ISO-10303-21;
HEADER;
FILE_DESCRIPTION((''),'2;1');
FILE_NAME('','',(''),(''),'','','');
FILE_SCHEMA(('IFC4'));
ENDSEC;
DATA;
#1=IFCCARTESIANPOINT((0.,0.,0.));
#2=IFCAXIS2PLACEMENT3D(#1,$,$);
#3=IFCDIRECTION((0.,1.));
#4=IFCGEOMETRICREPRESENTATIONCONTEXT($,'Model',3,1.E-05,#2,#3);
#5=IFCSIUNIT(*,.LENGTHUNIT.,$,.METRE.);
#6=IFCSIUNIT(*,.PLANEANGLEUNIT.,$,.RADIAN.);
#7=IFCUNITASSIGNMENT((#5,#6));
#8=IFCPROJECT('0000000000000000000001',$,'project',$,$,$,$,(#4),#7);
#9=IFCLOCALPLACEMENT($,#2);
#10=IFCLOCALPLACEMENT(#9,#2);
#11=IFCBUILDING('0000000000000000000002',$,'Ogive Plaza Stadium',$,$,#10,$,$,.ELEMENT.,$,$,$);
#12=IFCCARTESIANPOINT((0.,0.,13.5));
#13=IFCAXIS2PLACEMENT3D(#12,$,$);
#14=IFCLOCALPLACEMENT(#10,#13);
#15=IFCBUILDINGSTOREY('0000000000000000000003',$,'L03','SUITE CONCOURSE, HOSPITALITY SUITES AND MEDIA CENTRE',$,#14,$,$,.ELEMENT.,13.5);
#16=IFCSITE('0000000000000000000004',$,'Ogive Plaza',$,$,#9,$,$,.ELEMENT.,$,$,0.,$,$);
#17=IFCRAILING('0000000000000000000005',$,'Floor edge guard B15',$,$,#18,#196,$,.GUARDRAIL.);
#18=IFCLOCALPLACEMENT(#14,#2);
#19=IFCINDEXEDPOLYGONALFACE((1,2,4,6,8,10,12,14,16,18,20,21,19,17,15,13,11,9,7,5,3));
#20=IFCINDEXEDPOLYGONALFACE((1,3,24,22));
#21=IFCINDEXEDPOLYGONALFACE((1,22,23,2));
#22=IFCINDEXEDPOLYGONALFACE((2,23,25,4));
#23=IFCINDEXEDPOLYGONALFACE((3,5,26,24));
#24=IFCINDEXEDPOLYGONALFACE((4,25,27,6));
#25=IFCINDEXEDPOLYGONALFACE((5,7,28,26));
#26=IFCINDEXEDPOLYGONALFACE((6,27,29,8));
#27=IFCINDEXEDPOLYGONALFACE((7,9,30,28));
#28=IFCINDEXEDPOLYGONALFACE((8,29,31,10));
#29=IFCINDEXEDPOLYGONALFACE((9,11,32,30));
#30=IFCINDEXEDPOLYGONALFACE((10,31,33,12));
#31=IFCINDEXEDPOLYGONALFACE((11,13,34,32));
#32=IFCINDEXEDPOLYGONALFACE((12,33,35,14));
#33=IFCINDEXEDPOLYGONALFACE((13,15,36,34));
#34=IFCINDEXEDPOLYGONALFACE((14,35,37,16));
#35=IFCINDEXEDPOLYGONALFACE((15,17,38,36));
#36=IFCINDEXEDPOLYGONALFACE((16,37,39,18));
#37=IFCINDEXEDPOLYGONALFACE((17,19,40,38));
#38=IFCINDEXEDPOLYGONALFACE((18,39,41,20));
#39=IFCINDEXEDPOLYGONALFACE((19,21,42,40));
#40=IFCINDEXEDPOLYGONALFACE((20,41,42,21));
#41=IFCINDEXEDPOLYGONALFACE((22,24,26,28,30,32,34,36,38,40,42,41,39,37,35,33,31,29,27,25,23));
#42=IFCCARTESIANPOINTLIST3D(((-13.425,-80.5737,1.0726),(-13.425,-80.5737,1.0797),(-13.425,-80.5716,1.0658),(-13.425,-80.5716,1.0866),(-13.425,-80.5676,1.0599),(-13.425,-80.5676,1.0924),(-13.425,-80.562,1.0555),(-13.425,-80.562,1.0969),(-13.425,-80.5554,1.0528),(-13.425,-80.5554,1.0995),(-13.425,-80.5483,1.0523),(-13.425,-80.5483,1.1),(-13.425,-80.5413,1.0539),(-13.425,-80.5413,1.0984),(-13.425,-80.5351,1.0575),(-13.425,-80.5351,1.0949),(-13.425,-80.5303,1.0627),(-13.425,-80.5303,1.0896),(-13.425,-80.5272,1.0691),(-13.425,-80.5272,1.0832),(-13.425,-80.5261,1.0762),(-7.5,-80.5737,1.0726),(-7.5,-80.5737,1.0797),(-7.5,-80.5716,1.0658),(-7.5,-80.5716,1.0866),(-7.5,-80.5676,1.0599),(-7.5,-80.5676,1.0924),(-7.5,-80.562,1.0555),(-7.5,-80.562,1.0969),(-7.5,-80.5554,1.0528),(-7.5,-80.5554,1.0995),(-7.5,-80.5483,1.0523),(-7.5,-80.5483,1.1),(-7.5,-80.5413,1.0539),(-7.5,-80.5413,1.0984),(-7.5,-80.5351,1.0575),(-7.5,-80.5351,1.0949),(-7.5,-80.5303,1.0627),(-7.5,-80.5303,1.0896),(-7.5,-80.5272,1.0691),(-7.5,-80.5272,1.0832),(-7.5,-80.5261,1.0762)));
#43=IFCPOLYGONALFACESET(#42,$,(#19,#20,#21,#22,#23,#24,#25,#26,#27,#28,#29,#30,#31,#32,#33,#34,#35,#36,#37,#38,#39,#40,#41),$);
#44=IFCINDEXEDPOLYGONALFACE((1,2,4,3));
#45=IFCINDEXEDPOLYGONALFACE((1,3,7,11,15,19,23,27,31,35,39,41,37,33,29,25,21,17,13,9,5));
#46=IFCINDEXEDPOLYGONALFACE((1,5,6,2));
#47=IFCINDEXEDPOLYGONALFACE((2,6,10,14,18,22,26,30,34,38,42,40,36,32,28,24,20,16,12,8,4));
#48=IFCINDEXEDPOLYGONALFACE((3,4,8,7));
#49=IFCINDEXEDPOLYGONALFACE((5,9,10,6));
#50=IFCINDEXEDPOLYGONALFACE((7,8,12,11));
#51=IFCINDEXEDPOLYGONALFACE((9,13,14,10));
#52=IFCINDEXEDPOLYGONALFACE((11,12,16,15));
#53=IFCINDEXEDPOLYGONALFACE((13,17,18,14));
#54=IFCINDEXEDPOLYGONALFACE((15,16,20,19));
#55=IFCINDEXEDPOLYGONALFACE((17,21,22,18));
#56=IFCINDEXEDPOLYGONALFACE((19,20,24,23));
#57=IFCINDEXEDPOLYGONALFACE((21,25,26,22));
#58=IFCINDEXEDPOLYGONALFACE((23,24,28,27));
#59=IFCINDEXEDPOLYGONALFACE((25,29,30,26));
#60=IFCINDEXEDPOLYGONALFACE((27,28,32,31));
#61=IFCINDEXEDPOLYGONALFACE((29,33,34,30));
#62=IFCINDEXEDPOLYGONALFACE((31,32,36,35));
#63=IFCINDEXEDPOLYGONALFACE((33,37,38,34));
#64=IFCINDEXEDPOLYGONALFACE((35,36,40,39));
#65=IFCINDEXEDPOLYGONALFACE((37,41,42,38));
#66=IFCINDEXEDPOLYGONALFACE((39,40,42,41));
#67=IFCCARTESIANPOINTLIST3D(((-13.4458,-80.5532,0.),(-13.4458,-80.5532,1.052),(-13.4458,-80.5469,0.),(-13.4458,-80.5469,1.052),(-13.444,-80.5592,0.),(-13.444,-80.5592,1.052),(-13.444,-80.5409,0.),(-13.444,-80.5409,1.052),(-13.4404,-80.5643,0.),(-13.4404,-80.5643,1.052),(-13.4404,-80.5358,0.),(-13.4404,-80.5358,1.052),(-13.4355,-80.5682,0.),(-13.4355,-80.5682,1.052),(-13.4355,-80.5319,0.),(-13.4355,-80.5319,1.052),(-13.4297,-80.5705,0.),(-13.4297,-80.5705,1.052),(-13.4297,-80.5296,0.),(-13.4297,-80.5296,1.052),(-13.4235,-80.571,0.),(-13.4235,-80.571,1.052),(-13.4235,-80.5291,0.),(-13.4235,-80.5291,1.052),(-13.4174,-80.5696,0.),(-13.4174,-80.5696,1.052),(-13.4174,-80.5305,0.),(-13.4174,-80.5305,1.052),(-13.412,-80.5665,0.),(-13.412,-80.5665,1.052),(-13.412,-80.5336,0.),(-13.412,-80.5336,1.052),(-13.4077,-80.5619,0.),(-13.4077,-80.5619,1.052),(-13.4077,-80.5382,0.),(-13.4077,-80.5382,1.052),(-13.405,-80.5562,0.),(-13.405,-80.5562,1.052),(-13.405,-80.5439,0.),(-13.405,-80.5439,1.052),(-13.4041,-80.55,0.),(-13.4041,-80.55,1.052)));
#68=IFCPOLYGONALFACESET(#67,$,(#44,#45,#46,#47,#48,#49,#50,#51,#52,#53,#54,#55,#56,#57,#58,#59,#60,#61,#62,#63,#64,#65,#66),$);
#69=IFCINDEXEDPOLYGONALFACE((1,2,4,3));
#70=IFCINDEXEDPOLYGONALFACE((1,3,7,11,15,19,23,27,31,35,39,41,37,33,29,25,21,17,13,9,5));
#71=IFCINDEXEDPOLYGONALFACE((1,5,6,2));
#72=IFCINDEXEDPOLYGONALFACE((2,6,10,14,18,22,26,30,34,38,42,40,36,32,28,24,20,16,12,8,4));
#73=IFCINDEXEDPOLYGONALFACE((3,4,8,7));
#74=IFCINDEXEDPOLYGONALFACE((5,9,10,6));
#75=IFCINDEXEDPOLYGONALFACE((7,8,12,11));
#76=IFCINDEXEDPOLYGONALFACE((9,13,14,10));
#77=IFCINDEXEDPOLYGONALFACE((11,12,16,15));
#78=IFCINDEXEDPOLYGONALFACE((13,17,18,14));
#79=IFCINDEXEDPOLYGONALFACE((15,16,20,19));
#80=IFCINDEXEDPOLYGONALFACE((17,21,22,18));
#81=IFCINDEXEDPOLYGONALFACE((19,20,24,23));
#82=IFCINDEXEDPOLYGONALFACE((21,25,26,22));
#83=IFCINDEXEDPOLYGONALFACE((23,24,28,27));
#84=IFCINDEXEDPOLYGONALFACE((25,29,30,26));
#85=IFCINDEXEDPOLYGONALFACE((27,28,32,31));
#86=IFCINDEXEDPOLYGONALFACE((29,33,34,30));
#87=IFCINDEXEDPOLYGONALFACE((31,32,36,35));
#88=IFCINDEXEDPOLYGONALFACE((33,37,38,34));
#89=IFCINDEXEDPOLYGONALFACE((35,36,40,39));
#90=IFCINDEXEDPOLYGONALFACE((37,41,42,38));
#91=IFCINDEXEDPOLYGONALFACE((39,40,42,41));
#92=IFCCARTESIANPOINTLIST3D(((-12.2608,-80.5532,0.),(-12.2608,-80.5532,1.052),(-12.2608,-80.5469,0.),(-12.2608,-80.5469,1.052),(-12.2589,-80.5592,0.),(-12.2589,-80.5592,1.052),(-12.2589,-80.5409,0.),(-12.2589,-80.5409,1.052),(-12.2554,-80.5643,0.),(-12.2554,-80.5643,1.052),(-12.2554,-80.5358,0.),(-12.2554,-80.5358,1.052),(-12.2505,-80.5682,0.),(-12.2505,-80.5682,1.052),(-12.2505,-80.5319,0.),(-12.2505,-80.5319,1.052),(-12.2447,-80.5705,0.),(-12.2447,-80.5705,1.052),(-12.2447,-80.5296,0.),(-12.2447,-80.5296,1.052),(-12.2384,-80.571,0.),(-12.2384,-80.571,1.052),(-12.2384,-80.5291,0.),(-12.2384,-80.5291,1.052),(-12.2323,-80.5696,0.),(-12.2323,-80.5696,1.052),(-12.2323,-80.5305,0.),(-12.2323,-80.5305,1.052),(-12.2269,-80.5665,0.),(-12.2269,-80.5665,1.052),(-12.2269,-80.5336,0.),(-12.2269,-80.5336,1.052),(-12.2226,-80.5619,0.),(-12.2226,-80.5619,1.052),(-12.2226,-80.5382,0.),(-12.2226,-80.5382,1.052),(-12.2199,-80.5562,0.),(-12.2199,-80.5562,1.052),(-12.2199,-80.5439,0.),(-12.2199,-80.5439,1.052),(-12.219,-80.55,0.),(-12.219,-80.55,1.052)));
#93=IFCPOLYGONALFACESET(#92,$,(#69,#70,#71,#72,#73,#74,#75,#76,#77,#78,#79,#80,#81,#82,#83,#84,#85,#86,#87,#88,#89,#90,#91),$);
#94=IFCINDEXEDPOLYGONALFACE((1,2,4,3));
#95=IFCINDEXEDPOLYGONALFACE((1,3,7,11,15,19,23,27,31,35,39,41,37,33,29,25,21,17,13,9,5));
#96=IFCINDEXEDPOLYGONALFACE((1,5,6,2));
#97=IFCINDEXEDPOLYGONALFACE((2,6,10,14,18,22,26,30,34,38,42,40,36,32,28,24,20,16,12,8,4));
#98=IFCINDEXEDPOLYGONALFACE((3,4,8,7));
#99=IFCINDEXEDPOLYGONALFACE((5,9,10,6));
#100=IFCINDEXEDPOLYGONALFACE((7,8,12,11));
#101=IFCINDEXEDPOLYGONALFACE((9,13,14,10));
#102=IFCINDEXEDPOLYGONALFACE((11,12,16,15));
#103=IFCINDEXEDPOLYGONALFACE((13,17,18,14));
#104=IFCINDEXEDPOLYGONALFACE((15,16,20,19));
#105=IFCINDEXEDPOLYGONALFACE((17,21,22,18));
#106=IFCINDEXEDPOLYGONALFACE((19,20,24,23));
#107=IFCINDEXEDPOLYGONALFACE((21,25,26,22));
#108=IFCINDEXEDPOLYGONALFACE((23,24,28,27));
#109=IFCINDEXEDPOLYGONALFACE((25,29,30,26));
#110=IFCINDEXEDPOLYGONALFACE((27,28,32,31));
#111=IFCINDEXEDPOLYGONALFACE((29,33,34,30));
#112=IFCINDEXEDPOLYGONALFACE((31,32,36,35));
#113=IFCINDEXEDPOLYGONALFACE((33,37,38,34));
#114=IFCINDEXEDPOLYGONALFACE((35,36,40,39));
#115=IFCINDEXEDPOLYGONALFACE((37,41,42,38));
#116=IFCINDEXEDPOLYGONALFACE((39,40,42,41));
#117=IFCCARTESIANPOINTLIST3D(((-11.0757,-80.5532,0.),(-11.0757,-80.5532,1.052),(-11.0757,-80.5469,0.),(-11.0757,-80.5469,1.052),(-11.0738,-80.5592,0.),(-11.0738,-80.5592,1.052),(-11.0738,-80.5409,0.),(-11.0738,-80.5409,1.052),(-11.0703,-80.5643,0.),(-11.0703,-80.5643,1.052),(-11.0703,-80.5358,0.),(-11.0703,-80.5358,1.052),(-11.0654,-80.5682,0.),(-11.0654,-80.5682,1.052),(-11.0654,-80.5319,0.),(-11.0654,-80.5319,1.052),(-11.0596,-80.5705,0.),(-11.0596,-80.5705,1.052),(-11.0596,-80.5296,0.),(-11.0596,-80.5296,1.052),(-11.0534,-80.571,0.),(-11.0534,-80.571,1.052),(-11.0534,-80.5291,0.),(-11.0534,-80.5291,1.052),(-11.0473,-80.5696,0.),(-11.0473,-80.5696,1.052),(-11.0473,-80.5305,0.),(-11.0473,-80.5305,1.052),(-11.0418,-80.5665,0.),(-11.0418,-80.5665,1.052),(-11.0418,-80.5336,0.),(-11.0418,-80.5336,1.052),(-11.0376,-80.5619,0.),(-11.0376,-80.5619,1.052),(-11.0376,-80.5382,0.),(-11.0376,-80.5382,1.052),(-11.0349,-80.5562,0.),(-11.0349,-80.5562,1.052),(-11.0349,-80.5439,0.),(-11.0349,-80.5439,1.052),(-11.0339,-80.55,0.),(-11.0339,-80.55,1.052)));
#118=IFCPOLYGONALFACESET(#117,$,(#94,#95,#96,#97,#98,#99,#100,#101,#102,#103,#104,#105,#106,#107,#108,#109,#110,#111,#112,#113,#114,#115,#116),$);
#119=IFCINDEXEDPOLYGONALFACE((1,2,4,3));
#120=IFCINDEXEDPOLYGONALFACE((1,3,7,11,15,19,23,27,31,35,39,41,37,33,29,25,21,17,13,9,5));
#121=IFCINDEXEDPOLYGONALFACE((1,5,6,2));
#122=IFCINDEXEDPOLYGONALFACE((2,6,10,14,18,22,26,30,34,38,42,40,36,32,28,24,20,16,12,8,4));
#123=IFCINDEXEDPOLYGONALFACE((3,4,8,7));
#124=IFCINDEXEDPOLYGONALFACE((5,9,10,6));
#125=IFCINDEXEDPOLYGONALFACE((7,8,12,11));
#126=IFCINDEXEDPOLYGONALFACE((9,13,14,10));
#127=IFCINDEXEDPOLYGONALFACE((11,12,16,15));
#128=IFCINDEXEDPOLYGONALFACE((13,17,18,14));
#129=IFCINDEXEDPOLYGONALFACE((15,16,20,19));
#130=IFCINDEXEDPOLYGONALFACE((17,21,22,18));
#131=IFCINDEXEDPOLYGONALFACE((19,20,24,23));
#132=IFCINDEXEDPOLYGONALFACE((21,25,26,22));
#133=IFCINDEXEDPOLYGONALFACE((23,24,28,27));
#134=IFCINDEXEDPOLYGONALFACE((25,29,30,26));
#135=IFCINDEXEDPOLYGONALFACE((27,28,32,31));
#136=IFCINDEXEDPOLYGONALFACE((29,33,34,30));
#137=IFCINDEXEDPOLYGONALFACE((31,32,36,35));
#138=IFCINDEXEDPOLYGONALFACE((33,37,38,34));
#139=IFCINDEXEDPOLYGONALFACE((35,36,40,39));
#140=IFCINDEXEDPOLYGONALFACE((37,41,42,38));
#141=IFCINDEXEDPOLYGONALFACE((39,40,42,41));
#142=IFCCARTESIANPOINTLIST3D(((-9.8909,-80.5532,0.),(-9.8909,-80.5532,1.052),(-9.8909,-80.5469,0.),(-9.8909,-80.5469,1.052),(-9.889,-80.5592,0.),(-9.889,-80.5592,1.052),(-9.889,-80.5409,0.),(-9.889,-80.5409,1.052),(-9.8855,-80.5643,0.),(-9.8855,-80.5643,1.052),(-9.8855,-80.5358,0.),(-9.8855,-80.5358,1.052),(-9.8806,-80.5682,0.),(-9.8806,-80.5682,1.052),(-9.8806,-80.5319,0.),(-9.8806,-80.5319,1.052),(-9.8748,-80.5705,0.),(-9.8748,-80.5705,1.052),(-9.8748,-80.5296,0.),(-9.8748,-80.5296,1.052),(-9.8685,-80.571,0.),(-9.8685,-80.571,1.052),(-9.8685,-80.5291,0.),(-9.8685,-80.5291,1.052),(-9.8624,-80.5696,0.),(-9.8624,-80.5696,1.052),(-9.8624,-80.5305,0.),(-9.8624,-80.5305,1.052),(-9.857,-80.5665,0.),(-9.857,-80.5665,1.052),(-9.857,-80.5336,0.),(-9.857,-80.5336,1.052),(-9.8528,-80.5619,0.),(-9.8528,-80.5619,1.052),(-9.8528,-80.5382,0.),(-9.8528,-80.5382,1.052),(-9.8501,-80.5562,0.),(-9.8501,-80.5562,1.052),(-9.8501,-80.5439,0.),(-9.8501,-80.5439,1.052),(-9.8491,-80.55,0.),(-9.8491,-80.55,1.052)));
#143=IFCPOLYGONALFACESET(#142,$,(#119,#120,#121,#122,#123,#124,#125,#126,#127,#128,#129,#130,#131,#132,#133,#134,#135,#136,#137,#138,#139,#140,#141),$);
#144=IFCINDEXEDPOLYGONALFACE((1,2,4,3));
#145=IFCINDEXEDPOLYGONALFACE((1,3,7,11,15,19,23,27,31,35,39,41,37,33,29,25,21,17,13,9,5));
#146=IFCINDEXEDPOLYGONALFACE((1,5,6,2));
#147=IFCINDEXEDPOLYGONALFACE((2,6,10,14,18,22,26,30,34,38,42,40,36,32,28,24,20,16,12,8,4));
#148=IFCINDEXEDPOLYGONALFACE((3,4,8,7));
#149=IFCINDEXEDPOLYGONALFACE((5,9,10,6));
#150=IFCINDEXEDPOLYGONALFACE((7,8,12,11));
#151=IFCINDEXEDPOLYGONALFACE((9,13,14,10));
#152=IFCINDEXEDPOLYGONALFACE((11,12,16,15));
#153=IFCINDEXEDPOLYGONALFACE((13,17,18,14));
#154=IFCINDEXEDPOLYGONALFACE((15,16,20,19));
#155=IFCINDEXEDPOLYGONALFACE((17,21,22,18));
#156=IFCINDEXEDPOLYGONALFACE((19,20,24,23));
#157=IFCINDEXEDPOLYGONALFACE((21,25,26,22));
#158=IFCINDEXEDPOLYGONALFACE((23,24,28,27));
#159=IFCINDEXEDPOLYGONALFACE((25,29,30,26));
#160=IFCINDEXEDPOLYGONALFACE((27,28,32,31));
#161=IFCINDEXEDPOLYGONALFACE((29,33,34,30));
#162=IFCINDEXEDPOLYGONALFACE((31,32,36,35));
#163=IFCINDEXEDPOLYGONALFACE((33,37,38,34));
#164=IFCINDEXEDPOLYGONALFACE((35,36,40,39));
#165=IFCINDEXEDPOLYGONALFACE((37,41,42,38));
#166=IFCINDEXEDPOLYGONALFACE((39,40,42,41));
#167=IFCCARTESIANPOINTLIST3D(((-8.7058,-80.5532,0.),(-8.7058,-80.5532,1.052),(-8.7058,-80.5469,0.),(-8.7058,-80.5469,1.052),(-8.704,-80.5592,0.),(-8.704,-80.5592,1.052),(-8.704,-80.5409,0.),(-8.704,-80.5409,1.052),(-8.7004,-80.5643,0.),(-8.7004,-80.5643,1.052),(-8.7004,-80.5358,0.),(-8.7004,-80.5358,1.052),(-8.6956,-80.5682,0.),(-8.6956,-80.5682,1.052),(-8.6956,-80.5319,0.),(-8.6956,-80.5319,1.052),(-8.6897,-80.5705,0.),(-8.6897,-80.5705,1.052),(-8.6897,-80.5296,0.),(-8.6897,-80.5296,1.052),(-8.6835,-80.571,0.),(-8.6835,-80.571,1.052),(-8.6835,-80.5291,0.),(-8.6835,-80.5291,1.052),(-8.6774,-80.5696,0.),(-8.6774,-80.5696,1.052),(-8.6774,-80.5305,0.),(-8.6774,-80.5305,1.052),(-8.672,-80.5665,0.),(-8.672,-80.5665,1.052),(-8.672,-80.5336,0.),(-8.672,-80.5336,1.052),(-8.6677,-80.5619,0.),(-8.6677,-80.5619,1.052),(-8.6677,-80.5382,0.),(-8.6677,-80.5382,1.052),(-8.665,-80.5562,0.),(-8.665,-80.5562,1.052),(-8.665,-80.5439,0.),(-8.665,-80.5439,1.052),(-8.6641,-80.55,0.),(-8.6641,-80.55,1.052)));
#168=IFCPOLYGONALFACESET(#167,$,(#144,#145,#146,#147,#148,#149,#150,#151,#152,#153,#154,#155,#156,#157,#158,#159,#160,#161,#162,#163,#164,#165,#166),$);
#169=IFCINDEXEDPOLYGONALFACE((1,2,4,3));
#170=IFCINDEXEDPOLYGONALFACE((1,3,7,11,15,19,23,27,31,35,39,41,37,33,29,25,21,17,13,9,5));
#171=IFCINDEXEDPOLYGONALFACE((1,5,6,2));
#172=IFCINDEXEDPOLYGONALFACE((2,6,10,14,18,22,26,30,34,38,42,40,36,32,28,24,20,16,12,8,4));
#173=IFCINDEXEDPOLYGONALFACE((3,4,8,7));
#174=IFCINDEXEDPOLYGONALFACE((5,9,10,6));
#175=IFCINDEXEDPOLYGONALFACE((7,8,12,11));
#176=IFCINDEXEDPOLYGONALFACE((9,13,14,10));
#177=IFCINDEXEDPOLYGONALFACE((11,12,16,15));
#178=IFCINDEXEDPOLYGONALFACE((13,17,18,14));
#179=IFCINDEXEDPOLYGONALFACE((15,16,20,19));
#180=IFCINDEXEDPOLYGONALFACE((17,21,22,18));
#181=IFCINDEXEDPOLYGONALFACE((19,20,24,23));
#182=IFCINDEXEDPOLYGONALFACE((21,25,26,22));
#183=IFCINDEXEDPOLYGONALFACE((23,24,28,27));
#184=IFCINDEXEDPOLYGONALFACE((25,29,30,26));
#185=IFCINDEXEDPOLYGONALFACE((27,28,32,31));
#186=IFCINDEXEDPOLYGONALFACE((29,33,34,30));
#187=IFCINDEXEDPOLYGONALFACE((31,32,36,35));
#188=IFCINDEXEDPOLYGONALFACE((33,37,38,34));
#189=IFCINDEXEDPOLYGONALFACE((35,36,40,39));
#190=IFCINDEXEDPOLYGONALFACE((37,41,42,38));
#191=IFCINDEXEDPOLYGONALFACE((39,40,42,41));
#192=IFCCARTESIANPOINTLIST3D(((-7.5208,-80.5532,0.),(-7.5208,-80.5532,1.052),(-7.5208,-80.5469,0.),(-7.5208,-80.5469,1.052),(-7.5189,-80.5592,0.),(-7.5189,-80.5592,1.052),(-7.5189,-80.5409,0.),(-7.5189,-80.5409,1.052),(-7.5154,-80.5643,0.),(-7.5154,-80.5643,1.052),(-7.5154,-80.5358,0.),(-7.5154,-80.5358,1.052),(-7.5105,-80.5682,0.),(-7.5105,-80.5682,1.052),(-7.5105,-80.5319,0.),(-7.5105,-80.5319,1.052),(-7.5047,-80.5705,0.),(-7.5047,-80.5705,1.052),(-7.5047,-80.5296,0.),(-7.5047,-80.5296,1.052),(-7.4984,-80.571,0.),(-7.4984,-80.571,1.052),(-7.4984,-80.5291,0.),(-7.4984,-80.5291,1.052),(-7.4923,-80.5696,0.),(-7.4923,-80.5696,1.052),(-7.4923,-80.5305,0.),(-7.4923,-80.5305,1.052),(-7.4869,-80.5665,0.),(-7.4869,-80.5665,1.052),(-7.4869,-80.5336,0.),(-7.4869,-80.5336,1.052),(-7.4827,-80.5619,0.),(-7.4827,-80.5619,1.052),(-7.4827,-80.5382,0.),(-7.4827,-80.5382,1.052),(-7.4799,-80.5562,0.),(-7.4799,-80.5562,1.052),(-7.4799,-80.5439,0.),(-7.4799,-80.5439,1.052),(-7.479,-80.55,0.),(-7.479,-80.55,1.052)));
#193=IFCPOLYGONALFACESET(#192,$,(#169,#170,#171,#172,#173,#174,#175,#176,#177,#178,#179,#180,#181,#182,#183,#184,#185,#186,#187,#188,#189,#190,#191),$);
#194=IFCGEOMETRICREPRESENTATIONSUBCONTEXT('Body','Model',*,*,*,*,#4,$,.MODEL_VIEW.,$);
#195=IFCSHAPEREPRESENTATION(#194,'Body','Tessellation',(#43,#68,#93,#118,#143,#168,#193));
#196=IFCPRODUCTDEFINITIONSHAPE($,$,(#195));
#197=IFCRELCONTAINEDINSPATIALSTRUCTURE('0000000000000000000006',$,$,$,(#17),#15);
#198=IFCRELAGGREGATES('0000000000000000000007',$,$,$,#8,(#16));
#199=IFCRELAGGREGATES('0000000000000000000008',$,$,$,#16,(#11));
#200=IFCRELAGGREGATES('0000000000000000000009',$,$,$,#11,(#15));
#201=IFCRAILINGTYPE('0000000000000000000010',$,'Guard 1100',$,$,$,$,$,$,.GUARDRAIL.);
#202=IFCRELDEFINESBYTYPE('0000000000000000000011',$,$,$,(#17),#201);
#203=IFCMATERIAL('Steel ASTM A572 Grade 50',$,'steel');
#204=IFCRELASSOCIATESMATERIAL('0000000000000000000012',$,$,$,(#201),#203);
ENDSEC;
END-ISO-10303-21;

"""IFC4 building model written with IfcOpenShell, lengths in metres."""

from ifc_helpers import new_model, si_unit, direction, frame, origin, origin_2d, place, context, subcontext, project, spatial, circle, extrude, material, type_object, element, save


model = new_model("IFC4")

# Units and contexts
model_context = context("Model", 3, precision=1e-05, world=origin(), true_north=direction((0.0, 1.0)))
body_context = subcontext(model_context, "Body", "Model", "MODEL_VIEW")
ifc_project = project(units=[si_unit("LENGTHUNIT", "METRE"), si_unit("PLANEANGLEUNIT", "RADIAN")], contexts=[model_context])

# Site, building, storey
site_placement = place(None, origin())
site = spatial("IfcSite", under=ifc_project, at=site_placement, Name="Ogive Plaza", CompositionType="ELEMENT", RefElevation=0.0)
building_placement = place(site_placement, origin())
building = spatial("IfcBuilding", under=site, at=building_placement, Name="Ogive Plaza Stadium", CompositionType="ELEMENT")
storey_placement = place(building_placement, frame((0.0, 0.0, 13.5)))
storey = spatial("IfcBuildingStorey", under=building, at=storey_placement, Name="L03", Description="SUITE CONCOURSE, HOSPITALITY SUITES AND MEDIA CENTRE", CompositionType="ELEMENT", Elevation=13.5)

# Railing
ifc_material_1 = material(Name="Steel ASTM A572 Grade 50", Category="steel")
railing_type_1 = type_object("IfcRailingType", Name="Guard 1100", PredefinedType="GUARDRAIL", material=ifc_material_1)
railing_1_placement = place(storey_placement, frame((-13.425, -80.55, 0.0)))
element("IfcRailing", 1, at=railing_1_placement, inside=storey, type_object=railing_type_1, Name="Floor edge guard B15", PredefinedType="GUARDRAIL", context=body_context, shape_type="SweptSolid", body=[
    extrude(circle(Radius=0.0239, at=origin_2d()), frame((0.0, 0.0, 1.0762), z_axis=(1.0, 0.0, 0.0), x_axis=(0.0, 1.0, 0.0)), (0.0, 0.0, 1.0), 5.925),
    extrude(circle(Radius=0.021, at=origin_2d()), origin(), (0.0, 0.0, 1.0), 1.052),
    extrude(circle(Radius=0.021, at=origin_2d()), frame((1.1851, 0.0, 0.0)), (0.0, 0.0, 1.0), 1.052),
    extrude(circle(Radius=0.021, at=origin_2d()), frame((2.3701, 0.0, 0.0)), (0.0, 0.0, 1.0), 1.052),
    extrude(circle(Radius=0.021, at=origin_2d()), frame((3.5549, 0.0, 0.0)), (0.0, 0.0, 1.0), 1.052),
    extrude(circle(Radius=0.021, at=origin_2d()), frame((4.74, 0.0, 0.0)), (0.0, 0.0, 1.0), 1.052),
    extrude(circle(Radius=0.021, at=origin_2d()), frame((5.925, 0.0, 0.0)), (0.0, 0.0, 1.0), 1.052),
])

save(model, "model.ifc")
